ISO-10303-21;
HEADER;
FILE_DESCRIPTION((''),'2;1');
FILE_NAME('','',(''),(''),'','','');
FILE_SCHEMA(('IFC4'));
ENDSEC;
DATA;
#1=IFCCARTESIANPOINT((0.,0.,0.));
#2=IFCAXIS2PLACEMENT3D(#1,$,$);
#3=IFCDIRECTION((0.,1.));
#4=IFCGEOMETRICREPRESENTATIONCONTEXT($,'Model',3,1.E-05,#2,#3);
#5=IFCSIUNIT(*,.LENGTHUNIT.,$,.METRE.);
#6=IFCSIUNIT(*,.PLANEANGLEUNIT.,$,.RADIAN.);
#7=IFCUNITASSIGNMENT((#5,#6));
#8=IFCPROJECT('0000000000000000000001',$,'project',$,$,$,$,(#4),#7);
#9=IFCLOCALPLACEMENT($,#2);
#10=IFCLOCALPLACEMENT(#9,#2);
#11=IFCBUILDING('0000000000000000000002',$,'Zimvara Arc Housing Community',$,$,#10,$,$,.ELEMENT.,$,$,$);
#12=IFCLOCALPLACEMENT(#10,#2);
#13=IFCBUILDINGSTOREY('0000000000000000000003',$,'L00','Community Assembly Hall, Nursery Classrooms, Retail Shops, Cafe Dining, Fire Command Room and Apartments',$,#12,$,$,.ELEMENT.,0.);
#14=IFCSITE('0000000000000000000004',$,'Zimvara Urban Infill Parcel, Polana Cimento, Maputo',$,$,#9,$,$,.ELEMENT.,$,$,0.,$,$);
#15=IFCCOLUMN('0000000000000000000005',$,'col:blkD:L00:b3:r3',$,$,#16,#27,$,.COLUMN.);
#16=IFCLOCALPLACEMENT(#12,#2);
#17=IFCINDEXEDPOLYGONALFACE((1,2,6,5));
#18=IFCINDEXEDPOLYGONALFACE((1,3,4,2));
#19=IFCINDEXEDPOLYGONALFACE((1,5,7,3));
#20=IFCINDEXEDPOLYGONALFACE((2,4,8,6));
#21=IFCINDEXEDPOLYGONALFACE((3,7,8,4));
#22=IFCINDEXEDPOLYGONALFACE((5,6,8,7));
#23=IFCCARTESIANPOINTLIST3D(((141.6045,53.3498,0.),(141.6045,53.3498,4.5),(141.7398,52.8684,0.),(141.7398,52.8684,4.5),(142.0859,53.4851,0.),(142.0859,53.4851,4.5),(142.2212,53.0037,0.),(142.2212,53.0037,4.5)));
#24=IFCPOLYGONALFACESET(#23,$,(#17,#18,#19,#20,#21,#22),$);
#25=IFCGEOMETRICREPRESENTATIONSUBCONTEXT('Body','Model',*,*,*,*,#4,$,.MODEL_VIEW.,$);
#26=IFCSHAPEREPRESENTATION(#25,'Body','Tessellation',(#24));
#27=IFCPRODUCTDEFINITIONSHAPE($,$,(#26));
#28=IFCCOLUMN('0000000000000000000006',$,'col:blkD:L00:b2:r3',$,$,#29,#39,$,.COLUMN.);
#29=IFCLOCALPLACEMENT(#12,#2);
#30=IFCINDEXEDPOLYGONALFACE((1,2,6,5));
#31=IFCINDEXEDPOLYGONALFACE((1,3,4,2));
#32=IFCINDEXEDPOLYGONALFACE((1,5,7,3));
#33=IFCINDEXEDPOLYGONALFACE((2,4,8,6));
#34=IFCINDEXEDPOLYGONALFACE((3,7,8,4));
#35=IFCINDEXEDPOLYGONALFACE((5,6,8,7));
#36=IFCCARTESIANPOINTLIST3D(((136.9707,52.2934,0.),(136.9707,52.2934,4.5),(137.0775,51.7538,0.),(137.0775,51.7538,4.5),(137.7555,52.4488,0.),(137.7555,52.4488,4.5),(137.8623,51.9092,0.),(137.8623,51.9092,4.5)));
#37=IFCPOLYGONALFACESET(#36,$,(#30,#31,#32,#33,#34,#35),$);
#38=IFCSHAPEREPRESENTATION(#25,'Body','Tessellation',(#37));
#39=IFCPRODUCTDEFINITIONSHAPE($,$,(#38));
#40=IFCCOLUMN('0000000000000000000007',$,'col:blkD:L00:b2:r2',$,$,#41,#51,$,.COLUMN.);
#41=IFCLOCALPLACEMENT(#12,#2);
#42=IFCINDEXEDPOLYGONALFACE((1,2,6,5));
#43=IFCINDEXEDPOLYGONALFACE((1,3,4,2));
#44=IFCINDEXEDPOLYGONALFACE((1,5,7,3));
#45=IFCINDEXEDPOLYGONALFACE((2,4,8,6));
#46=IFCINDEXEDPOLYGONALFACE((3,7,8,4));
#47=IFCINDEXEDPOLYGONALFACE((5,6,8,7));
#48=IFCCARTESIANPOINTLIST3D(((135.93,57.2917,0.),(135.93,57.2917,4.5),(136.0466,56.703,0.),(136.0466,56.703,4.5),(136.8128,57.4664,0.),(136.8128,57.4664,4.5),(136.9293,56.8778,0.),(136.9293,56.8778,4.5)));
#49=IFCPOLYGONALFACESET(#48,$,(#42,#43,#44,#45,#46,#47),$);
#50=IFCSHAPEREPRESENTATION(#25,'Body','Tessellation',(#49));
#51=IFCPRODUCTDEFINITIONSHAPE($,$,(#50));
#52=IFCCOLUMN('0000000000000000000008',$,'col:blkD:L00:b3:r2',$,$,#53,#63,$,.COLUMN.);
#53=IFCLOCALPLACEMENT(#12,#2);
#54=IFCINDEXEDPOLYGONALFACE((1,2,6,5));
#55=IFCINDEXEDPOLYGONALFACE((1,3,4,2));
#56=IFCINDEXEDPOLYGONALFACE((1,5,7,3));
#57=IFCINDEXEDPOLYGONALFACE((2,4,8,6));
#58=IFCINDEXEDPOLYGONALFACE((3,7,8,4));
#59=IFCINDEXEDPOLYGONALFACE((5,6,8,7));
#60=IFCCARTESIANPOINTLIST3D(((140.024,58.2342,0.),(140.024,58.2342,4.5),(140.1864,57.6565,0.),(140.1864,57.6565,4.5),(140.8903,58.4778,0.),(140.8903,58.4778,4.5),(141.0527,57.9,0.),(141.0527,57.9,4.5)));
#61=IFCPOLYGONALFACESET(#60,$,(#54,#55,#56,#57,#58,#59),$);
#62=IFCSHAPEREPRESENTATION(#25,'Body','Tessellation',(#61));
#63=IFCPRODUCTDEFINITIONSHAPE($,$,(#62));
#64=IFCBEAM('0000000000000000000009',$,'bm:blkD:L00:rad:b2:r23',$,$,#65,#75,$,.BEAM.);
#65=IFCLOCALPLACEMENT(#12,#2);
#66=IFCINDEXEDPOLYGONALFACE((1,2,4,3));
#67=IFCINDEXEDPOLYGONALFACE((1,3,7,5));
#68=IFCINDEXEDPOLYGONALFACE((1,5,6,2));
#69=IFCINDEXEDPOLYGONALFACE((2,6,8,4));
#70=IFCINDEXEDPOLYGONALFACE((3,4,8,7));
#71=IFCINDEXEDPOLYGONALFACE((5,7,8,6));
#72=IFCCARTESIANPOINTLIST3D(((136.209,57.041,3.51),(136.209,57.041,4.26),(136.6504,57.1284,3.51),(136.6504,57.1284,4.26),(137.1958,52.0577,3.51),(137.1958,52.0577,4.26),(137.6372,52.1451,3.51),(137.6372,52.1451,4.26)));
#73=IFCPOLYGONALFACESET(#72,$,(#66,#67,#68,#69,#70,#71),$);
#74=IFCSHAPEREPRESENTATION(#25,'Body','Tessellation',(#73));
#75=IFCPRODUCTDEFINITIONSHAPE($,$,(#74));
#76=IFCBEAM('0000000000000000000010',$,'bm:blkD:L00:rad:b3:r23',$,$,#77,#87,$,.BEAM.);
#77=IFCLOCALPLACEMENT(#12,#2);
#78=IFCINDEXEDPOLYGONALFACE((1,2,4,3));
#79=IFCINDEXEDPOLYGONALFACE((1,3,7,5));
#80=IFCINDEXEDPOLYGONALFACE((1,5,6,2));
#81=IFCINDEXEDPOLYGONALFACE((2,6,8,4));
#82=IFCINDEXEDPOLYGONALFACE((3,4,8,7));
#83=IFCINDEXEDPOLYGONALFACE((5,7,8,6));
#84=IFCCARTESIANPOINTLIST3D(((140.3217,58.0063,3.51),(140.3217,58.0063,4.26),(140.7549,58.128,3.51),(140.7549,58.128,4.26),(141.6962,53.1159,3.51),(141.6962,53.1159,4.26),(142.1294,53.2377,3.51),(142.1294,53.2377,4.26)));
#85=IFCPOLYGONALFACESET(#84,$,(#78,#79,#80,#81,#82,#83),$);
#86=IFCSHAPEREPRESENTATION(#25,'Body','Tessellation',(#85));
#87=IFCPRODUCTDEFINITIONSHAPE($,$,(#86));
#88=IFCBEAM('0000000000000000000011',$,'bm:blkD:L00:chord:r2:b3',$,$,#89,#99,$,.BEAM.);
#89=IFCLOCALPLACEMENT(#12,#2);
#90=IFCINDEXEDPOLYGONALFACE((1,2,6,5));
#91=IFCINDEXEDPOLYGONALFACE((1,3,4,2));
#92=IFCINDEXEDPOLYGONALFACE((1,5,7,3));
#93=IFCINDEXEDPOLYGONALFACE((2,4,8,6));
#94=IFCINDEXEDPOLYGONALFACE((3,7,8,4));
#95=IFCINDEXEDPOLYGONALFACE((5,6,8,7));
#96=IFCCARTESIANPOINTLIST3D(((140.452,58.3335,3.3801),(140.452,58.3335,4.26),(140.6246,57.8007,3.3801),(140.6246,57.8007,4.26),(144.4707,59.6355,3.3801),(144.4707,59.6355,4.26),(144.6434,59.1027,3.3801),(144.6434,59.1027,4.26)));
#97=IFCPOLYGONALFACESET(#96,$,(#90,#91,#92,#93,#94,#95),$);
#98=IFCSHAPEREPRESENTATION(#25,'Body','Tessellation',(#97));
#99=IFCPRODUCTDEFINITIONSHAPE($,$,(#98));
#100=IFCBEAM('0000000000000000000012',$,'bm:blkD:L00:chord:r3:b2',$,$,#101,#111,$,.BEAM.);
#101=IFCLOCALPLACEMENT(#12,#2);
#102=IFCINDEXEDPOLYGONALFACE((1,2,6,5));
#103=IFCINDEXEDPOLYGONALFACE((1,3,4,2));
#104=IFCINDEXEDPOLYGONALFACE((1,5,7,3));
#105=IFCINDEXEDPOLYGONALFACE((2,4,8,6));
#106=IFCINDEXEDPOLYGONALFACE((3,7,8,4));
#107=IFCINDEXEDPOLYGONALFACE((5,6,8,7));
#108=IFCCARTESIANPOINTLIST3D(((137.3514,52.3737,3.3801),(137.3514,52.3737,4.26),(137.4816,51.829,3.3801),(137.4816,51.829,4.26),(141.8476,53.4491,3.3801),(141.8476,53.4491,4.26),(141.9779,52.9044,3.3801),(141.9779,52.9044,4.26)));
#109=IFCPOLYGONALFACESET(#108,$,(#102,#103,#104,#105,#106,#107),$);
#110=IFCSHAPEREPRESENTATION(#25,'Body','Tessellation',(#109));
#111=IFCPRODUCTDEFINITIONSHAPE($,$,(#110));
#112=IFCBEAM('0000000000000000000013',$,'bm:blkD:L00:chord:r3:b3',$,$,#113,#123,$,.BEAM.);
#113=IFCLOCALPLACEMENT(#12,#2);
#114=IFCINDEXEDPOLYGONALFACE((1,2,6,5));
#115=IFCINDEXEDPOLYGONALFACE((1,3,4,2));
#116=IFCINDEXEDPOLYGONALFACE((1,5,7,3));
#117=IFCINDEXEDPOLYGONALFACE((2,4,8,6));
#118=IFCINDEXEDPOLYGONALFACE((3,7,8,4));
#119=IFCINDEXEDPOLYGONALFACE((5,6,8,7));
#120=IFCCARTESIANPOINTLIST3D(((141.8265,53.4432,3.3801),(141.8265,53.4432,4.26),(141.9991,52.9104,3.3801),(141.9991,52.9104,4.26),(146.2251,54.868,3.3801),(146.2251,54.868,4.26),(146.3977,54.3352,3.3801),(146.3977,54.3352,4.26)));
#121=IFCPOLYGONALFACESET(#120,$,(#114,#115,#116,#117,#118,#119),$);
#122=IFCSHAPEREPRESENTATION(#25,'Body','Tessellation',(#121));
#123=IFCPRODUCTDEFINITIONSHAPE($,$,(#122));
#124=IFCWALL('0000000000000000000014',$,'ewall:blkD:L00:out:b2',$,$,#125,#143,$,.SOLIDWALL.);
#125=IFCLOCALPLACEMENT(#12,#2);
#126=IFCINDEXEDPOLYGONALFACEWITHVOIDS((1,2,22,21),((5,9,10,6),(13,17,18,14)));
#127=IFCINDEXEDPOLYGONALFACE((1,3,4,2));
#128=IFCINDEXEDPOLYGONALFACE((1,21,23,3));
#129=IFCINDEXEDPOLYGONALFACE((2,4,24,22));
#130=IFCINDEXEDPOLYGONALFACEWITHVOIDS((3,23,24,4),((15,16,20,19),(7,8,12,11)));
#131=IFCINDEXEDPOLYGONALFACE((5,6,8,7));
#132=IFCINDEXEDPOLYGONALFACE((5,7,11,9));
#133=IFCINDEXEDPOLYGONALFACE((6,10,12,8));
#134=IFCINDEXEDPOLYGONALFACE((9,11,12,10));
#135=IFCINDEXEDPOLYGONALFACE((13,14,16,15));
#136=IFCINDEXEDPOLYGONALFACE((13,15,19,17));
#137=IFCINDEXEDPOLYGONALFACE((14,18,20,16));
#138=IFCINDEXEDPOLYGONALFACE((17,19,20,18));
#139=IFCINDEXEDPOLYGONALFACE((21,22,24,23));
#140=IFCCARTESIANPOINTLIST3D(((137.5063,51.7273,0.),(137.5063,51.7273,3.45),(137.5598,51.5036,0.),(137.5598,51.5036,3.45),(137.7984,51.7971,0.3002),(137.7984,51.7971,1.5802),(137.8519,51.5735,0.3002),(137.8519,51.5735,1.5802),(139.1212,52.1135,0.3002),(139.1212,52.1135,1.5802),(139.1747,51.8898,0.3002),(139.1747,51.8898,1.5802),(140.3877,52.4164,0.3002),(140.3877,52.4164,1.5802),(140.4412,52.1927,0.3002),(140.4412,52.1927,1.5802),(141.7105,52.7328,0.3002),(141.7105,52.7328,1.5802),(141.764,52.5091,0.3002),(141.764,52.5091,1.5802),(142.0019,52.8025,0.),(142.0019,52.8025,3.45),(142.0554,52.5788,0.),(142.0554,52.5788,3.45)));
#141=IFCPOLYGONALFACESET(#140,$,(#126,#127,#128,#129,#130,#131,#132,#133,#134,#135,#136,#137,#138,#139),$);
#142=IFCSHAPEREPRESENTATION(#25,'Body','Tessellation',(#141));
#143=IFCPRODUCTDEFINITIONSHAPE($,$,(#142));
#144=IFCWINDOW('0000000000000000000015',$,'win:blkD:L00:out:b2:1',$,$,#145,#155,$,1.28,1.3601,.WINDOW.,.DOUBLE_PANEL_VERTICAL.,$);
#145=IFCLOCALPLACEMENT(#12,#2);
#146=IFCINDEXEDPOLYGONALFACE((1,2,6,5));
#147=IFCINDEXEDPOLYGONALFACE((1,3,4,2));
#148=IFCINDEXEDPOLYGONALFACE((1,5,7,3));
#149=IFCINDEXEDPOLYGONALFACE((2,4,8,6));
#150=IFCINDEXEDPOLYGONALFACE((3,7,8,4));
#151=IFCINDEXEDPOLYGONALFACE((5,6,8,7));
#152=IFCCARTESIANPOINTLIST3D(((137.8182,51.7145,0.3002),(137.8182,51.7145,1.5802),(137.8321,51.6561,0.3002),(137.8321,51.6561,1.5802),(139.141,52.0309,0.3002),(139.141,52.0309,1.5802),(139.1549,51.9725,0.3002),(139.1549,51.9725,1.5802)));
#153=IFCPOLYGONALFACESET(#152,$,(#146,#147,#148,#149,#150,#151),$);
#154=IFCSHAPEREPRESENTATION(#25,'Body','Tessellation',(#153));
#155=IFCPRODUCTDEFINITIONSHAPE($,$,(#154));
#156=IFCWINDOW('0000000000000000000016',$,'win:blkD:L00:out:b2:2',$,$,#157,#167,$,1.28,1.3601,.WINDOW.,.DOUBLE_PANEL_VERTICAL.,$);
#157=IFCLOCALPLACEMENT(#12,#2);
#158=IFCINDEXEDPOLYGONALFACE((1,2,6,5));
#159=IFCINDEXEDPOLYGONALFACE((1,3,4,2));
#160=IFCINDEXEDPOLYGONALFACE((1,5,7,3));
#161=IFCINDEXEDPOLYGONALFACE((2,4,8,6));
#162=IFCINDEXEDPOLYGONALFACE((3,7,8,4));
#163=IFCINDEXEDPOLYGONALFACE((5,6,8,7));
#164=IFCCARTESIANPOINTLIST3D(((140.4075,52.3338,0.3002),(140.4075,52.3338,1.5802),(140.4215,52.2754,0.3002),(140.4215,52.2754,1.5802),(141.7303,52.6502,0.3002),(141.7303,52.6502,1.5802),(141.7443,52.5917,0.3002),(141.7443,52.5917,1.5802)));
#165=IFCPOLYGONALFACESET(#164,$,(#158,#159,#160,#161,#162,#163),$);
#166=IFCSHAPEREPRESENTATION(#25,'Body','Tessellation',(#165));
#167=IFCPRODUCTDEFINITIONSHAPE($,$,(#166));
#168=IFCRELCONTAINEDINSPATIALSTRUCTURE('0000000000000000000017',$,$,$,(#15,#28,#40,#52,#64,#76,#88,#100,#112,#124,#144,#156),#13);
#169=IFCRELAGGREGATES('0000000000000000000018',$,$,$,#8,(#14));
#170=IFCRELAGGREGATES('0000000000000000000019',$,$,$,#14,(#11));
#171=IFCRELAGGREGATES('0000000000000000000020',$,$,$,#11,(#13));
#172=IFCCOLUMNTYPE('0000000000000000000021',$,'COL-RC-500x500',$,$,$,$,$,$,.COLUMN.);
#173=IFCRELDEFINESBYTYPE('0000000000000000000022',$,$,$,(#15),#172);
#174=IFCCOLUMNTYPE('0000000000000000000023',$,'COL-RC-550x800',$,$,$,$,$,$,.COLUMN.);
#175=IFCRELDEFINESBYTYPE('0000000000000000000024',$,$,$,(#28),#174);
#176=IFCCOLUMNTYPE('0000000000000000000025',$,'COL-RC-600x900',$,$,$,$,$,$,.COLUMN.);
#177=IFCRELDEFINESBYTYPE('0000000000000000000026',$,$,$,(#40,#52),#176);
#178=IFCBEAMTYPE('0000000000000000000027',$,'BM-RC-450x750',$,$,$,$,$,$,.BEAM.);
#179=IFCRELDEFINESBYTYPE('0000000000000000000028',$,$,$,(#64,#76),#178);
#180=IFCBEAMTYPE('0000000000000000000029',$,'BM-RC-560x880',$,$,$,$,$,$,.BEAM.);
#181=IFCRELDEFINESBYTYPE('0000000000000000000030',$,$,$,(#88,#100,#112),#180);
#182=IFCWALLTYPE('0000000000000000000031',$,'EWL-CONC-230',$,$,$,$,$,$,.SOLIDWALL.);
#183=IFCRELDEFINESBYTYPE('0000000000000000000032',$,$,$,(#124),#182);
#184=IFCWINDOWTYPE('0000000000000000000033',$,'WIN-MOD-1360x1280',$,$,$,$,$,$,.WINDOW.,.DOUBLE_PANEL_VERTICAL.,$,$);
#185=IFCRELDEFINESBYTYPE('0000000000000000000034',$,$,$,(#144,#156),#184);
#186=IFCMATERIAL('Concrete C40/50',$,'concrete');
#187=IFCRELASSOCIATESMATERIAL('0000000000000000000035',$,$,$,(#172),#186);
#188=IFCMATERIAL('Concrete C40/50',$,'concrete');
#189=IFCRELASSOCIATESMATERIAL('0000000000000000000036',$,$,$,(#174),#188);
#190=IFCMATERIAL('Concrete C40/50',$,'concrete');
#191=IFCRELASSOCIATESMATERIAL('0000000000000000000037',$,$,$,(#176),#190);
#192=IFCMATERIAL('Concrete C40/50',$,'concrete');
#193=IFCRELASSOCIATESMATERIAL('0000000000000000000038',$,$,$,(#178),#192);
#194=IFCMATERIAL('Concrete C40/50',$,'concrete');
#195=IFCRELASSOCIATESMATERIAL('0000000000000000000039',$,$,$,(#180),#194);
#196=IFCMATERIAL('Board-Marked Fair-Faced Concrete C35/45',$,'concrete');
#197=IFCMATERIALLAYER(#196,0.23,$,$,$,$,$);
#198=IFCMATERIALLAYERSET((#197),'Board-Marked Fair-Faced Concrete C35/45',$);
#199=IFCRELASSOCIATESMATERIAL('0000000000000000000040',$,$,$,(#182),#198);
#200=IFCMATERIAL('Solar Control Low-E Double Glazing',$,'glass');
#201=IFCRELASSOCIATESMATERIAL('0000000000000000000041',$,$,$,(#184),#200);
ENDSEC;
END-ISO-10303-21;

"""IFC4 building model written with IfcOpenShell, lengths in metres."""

from ifc_helpers import new_model, si_unit, direction, frame, frame_2d, origin, origin_2d, place, context, subcontext, project, spatial, rectangle, extrude, material, layer, layer_set, material_profile, profile_set, type_object, element, fill, save


model = new_model("IFC4")

# Units and contexts
model_context = context("Model", 3, precision=1e-05, world=origin(), true_north=direction((0.0, 1.0)))
body_context = subcontext(model_context, "Body", "Model", "MODEL_VIEW")
ifc_project = project(units=[si_unit("LENGTHUNIT", "METRE"), si_unit("PLANEANGLEUNIT", "RADIAN")], contexts=[model_context])

# Site, building, storey
site_placement = place(None, origin())
site = spatial("IfcSite", under=ifc_project, at=site_placement, Name="Zimvara Urban Infill Parcel, Polana Cimento, Maputo", CompositionType="ELEMENT", RefElevation=0.0)
building_placement = place(site_placement, origin())
building = spatial("IfcBuilding", under=site, at=building_placement, Name="Zimvara Arc Housing Community", CompositionType="ELEMENT")
storey_placement = place(building_placement, origin())
storey = spatial("IfcBuildingStorey", under=building, at=storey_placement, Name="L00", Description="Community Assembly Hall, Nursery Classrooms, Retail Shops, Cafe Dining, Fire Command Room and Apartments", CompositionType="ELEMENT", Elevation=0.0)

# Columns
ifc_material_1 = material(Name="Concrete C40/50", Category="concrete")
ifc_material_profile_1 = material_profile(ifc_material_1, rectangle(XDim=0.5, YDim=0.5, at=origin_2d()), Name="RC 500x500")
ifc_profile_set_1 = profile_set([ifc_material_profile_1], Name="Concrete C40/50")
column_type_1 = type_object("IfcColumnType", Name="COL-RC-500x500", PredefinedType="COLUMN", material=ifc_profile_set_1)
column_1_placement = place(storey_placement, frame((141.9128, 53.1768, 0.0), z_axis=(0.0, 0.0, 1.0), x_axis=(0.2706, -0.962692, 0.0)))
element("IfcColumn", 1, at=column_1_placement, inside=storey, type_object=column_type_1, Name="col:blkD:L00:b3:r3", PredefinedType="COLUMN", context=body_context, shape_type="SweptSolid", body=[
    extrude(rectangle(XDim=0.5, YDim=0.5, at=origin_2d()), origin(), (0.0, 0.0, 1.0), 4.5),
])
ifc_material_2 = material(Name="Concrete C40/50", Category="concrete")
ifc_material_profile_2 = material_profile(ifc_material_2, rectangle(XDim=0.55, YDim=0.8, at=origin_2d()), Name="RC 550x800")
ifc_profile_set_2 = profile_set([ifc_material_profile_2], Name="Concrete C40/50")
column_type_2 = type_object("IfcColumnType", Name="COL-RC-550x800", PredefinedType="COLUMN", material=ifc_profile_set_2)
column_2_placement = place(storey_placement, frame((137.4165, 52.1013, 0.0), z_axis=(0.0, 0.0, 1.0), x_axis=(0.194234, -0.980955, 0.0)))
element("IfcColumn", 2, at=column_2_placement, inside=storey, type_object=column_type_2, Name="col:blkD:L00:b2:r3", PredefinedType="COLUMN", context=body_context, shape_type="SweptSolid", body=[
    extrude(rectangle(XDim=0.55, YDim=0.8, at=origin_2d()), origin(), (0.0, 0.0, 1.0), 4.5),
])
ifc_material_3 = material(Name="Concrete C40/50", Category="concrete")
ifc_material_profile_3 = material_profile(ifc_material_3, rectangle(XDim=0.6001, YDim=0.8999, at=origin_2d()), Name="RC 600x900")
ifc_profile_set_3 = profile_set([ifc_material_profile_3], Name="Concrete C40/50")
column_type_3 = type_object("IfcColumnType", Name="COL-RC-600x900", PredefinedType="COLUMN", material=ifc_profile_set_3)
for number, where, z_axis, x_axis, name in (
    (3, (136.4297, 57.0847, 0.0), (0.0, 0.0, 1.0), (0.194234, -0.980955, 0.0), "col:blkD:L00:b2:r2"),
    (4, (140.5383, 58.0671, 0.0), (0.0, 0.0, 1.0), (0.2706, -0.962692, 0.0), "col:blkD:L00:b3:r2"),
):
    element("IfcColumn", number, at=place(storey_placement, frame(where, z_axis=z_axis, x_axis=x_axis)), inside=storey, type_object=column_type_3, Name=name, PredefinedType="COLUMN", context=body_context, shape_type="SweptSolid", body=[
        extrude(rectangle(XDim=0.6001, YDim=0.8999, at=origin_2d()), origin(), (0.0, 0.0, 1.0), 4.5),
    ])

# Beams
ifc_material_4 = material(Name="Concrete C40/50", Category="concrete")
ifc_material_profile_4 = material_profile(ifc_material_4, rectangle(XDim=0.45, YDim=0.75, at=origin_2d()), Name="RC 450x750")
ifc_profile_set_4 = profile_set([ifc_material_profile_4], Name="Concrete C40/50")
beam_type_1 = type_object("IfcBeamType", Name="BM-RC-450x750", PredefinedType="BEAM", material=ifc_profile_set_4)
beam_1_placement = place(storey_placement, frame((136.4297, 57.0847, 3.885), z_axis=(0.194249, -0.980952, 0.0), x_axis=(0.980952, 0.194249, 0.0)))
element("IfcBeam", 5, at=beam_1_placement, inside=storey, type_object=beam_type_1, Name="bm:blkD:L00:rad:b2:r23", PredefinedType="BEAM", context=body_context, shape_type="SweptSolid", body=[
    extrude(rectangle(XDim=0.45, YDim=0.75, at=origin_2d()), origin(), (0.0, 0.0, 1.0), 5.0801),
])
beam_2_placement = place(storey_placement, frame((140.5383, 58.0671, 3.885), z_axis=(0.27058, -0.962698, 0.0), x_axis=(0.962698, 0.27058, 0.0)))
element("IfcBeam", 6, at=beam_2_placement, inside=storey, type_object=beam_type_1, Name="bm:blkD:L00:rad:b3:r23", PredefinedType="BEAM", context=body_context, shape_type="SweptSolid", body=[
    extrude(rectangle(XDim=0.45, YDim=0.75, at=origin_2d()), origin(), (0.0, 0.0, 1.0), 5.0798),
])
ifc_material_5 = material(Name="Concrete C40/50", Category="concrete")
ifc_material_profile_5 = material_profile(ifc_material_5, rectangle(XDim=0.5601, YDim=0.8799, at=origin_2d()), Name="RC 560x880")
ifc_profile_set_5 = profile_set([ifc_material_profile_5], Name="Concrete C40/50")
beam_type_2 = type_object("IfcBeamType", Name="BM-RC-560x880", PredefinedType="BEAM", material=ifc_profile_set_5)
beam_3_placement = place(storey_placement, frame((140.5383, 58.0671, 3.8201), z_axis=(0.951319, 0.308206, 0.0), x_axis=(-0.308206, 0.951319, 0.0)))
element("IfcBeam", 7, at=beam_3_placement, inside=storey, type_object=beam_type_2, Name="bm:blkD:L00:chord:r2:b3", PredefinedType="BEAM", context=body_context, shape_type="SweptSolid", body=[
    extrude(rectangle(XDim=0.5601, YDim=0.8799, at=origin_2d()), origin(), (0.0, 0.0, 1.0), 4.2244),
])
beam_4_placement = place(storey_placement, frame((137.4165, 52.1013, 3.8201), z_axis=(0.972568, 0.23262, 0.0), x_axis=(-0.23262, 0.972568, 0.0)))
element("IfcBeam", 8, at=beam_4_placement, inside=storey, type_object=beam_type_2, Name="bm:blkD:L00:chord:r3:b2", PredefinedType="BEAM", context=body_context, shape_type="SweptSolid", body=[
    extrude(rectangle(XDim=0.5601, YDim=0.8799, at=origin_2d()), origin(), (0.0, 0.0, 1.0), 4.623),
])
beam_5_placement = place(storey_placement, frame((141.9128, 53.1768, 3.8201), z_axis=(0.951332, 0.308169, 0.0), x_axis=(-0.308169, 0.951332, 0.0)))
element("IfcBeam", 9, at=beam_5_placement, inside=storey, type_object=beam_type_2, Name="bm:blkD:L00:chord:r3:b3", PredefinedType="BEAM", context=body_context, shape_type="SweptSolid", body=[
    extrude(rectangle(XDim=0.5601, YDim=0.8799, at=origin_2d()), origin(), (0.0, 0.0, 1.0), 4.6235),
])

# Wall, openings, windows
ifc_material_6 = material(Name="Board-Marked Fair-Faced Concrete C35/45", Category="concrete")
ifc_layer_1 = layer(ifc_material_6, 0.23)
ifc_layer_set_1 = layer_set([ifc_layer_1], Name="Board-Marked Fair-Faced Concrete C35/45")
wall_type_1 = type_object("IfcWallType", Name="EWL-CONC-230", PredefinedType="SOLIDWALL", material=ifc_layer_set_1)
wall_1_placement = place(storey_placement, frame((137.5332, 51.6155, 0.0), z_axis=(0.0, 0.0, 1.0), x_axis=(0.972571, 0.232606, 0.0)))
wall_1 = element("IfcWall", 10, at=wall_1_placement, inside=storey, type_object=wall_type_1, Name="ewall:blkD:L00:out:b2", PredefinedType="SOLIDWALL", context=body_context, shape_type="SweptSolid", body=[
    extrude(rectangle(XDim=4.6223, YDim=0.23, at=frame_2d((2.311, 0.0))), origin(), (0.0, 0.0, 1.0), 3.45),
])
opening_1_placement = place(wall_1_placement, frame((0.3, 0.0, 0.3)))
opening_1 = element("IfcOpeningElement", 11, at=opening_1_placement, cuts=wall_1, PredefinedType="OPENING", context=body_context, shape_type="SweptSolid", body=[
    extrude(rectangle(XDim=1.3601, YDim=1.28, at=frame_2d((0.6802, 0.6401))), frame((0.0, 0.125, 0.0), z_axis=(0.0, -1.0, 0.0), x_axis=(1.0, 0.0, 0.0)), (0.0, 0.0, 1.0), 0.25),
])
opening_2_placement = place(wall_1_placement, frame((2.9624, 0.0, 0.3)))
opening_2 = element("IfcOpeningElement", 12, at=opening_2_placement, cuts=wall_1, PredefinedType="OPENING", context=body_context, shape_type="SweptSolid", body=[
    extrude(rectangle(XDim=1.3601, YDim=1.28, at=frame_2d((0.6802, 0.6401))), frame((0.0, 0.125, 0.0), z_axis=(0.0, -1.0, 0.0), x_axis=(1.0, 0.0, 0.0)), (0.0, 0.0, 1.0), 0.25),
])
ifc_material_7 = material(Name="Solar Control Low-E Double Glazing", Category="glass")
window_type = type_object("IfcWindowType", Name="WIN-MOD-1360x1280", PartitioningType="DOUBLE_PANEL_VERTICAL", PredefinedType="WINDOW", material=ifc_material_7)
window_1_placement = place(opening_1_placement, origin())
window_1 = element("IfcWindow", 13, at=window_1_placement, inside=storey, type_object=window_type, Name="win:blkD:L00:out:b2:1", OverallHeight=1.28, OverallWidth=1.3601, PartitioningType="DOUBLE_PANEL_VERTICAL", PredefinedType="WINDOW", context=body_context, shape_type="SweptSolid", body=[
    extrude(rectangle(XDim=1.3601, YDim=1.28, at=frame_2d((0.6802, 0.6401))), frame((0.0, 0.03, 0.0), z_axis=(0.0, -1.0, 0.0), x_axis=(1.0, 0.0, 0.0)), (0.0, 0.0, 1.0), 0.0601),
])
fill(opening_1, window_1)
window_2_placement = place(opening_2_placement, origin())
window_2 = element("IfcWindow", 14, at=window_2_placement, inside=storey, type_object=window_type, Name="win:blkD:L00:out:b2:2", OverallHeight=1.28, OverallWidth=1.3601, PartitioningType="DOUBLE_PANEL_VERTICAL", PredefinedType="WINDOW", context=body_context, shape_type="SweptSolid", body=[
    extrude(rectangle(XDim=1.3601, YDim=1.28, at=frame_2d((0.6802, 0.6401))), frame((0.0, 0.03, 0.0), z_axis=(0.0, -1.0, 0.0), x_axis=(1.0, 0.0, 0.0)), (0.0, 0.0, 1.0), 0.0601),
])
fill(opening_2, window_2)

save(model, "model.ifc")
